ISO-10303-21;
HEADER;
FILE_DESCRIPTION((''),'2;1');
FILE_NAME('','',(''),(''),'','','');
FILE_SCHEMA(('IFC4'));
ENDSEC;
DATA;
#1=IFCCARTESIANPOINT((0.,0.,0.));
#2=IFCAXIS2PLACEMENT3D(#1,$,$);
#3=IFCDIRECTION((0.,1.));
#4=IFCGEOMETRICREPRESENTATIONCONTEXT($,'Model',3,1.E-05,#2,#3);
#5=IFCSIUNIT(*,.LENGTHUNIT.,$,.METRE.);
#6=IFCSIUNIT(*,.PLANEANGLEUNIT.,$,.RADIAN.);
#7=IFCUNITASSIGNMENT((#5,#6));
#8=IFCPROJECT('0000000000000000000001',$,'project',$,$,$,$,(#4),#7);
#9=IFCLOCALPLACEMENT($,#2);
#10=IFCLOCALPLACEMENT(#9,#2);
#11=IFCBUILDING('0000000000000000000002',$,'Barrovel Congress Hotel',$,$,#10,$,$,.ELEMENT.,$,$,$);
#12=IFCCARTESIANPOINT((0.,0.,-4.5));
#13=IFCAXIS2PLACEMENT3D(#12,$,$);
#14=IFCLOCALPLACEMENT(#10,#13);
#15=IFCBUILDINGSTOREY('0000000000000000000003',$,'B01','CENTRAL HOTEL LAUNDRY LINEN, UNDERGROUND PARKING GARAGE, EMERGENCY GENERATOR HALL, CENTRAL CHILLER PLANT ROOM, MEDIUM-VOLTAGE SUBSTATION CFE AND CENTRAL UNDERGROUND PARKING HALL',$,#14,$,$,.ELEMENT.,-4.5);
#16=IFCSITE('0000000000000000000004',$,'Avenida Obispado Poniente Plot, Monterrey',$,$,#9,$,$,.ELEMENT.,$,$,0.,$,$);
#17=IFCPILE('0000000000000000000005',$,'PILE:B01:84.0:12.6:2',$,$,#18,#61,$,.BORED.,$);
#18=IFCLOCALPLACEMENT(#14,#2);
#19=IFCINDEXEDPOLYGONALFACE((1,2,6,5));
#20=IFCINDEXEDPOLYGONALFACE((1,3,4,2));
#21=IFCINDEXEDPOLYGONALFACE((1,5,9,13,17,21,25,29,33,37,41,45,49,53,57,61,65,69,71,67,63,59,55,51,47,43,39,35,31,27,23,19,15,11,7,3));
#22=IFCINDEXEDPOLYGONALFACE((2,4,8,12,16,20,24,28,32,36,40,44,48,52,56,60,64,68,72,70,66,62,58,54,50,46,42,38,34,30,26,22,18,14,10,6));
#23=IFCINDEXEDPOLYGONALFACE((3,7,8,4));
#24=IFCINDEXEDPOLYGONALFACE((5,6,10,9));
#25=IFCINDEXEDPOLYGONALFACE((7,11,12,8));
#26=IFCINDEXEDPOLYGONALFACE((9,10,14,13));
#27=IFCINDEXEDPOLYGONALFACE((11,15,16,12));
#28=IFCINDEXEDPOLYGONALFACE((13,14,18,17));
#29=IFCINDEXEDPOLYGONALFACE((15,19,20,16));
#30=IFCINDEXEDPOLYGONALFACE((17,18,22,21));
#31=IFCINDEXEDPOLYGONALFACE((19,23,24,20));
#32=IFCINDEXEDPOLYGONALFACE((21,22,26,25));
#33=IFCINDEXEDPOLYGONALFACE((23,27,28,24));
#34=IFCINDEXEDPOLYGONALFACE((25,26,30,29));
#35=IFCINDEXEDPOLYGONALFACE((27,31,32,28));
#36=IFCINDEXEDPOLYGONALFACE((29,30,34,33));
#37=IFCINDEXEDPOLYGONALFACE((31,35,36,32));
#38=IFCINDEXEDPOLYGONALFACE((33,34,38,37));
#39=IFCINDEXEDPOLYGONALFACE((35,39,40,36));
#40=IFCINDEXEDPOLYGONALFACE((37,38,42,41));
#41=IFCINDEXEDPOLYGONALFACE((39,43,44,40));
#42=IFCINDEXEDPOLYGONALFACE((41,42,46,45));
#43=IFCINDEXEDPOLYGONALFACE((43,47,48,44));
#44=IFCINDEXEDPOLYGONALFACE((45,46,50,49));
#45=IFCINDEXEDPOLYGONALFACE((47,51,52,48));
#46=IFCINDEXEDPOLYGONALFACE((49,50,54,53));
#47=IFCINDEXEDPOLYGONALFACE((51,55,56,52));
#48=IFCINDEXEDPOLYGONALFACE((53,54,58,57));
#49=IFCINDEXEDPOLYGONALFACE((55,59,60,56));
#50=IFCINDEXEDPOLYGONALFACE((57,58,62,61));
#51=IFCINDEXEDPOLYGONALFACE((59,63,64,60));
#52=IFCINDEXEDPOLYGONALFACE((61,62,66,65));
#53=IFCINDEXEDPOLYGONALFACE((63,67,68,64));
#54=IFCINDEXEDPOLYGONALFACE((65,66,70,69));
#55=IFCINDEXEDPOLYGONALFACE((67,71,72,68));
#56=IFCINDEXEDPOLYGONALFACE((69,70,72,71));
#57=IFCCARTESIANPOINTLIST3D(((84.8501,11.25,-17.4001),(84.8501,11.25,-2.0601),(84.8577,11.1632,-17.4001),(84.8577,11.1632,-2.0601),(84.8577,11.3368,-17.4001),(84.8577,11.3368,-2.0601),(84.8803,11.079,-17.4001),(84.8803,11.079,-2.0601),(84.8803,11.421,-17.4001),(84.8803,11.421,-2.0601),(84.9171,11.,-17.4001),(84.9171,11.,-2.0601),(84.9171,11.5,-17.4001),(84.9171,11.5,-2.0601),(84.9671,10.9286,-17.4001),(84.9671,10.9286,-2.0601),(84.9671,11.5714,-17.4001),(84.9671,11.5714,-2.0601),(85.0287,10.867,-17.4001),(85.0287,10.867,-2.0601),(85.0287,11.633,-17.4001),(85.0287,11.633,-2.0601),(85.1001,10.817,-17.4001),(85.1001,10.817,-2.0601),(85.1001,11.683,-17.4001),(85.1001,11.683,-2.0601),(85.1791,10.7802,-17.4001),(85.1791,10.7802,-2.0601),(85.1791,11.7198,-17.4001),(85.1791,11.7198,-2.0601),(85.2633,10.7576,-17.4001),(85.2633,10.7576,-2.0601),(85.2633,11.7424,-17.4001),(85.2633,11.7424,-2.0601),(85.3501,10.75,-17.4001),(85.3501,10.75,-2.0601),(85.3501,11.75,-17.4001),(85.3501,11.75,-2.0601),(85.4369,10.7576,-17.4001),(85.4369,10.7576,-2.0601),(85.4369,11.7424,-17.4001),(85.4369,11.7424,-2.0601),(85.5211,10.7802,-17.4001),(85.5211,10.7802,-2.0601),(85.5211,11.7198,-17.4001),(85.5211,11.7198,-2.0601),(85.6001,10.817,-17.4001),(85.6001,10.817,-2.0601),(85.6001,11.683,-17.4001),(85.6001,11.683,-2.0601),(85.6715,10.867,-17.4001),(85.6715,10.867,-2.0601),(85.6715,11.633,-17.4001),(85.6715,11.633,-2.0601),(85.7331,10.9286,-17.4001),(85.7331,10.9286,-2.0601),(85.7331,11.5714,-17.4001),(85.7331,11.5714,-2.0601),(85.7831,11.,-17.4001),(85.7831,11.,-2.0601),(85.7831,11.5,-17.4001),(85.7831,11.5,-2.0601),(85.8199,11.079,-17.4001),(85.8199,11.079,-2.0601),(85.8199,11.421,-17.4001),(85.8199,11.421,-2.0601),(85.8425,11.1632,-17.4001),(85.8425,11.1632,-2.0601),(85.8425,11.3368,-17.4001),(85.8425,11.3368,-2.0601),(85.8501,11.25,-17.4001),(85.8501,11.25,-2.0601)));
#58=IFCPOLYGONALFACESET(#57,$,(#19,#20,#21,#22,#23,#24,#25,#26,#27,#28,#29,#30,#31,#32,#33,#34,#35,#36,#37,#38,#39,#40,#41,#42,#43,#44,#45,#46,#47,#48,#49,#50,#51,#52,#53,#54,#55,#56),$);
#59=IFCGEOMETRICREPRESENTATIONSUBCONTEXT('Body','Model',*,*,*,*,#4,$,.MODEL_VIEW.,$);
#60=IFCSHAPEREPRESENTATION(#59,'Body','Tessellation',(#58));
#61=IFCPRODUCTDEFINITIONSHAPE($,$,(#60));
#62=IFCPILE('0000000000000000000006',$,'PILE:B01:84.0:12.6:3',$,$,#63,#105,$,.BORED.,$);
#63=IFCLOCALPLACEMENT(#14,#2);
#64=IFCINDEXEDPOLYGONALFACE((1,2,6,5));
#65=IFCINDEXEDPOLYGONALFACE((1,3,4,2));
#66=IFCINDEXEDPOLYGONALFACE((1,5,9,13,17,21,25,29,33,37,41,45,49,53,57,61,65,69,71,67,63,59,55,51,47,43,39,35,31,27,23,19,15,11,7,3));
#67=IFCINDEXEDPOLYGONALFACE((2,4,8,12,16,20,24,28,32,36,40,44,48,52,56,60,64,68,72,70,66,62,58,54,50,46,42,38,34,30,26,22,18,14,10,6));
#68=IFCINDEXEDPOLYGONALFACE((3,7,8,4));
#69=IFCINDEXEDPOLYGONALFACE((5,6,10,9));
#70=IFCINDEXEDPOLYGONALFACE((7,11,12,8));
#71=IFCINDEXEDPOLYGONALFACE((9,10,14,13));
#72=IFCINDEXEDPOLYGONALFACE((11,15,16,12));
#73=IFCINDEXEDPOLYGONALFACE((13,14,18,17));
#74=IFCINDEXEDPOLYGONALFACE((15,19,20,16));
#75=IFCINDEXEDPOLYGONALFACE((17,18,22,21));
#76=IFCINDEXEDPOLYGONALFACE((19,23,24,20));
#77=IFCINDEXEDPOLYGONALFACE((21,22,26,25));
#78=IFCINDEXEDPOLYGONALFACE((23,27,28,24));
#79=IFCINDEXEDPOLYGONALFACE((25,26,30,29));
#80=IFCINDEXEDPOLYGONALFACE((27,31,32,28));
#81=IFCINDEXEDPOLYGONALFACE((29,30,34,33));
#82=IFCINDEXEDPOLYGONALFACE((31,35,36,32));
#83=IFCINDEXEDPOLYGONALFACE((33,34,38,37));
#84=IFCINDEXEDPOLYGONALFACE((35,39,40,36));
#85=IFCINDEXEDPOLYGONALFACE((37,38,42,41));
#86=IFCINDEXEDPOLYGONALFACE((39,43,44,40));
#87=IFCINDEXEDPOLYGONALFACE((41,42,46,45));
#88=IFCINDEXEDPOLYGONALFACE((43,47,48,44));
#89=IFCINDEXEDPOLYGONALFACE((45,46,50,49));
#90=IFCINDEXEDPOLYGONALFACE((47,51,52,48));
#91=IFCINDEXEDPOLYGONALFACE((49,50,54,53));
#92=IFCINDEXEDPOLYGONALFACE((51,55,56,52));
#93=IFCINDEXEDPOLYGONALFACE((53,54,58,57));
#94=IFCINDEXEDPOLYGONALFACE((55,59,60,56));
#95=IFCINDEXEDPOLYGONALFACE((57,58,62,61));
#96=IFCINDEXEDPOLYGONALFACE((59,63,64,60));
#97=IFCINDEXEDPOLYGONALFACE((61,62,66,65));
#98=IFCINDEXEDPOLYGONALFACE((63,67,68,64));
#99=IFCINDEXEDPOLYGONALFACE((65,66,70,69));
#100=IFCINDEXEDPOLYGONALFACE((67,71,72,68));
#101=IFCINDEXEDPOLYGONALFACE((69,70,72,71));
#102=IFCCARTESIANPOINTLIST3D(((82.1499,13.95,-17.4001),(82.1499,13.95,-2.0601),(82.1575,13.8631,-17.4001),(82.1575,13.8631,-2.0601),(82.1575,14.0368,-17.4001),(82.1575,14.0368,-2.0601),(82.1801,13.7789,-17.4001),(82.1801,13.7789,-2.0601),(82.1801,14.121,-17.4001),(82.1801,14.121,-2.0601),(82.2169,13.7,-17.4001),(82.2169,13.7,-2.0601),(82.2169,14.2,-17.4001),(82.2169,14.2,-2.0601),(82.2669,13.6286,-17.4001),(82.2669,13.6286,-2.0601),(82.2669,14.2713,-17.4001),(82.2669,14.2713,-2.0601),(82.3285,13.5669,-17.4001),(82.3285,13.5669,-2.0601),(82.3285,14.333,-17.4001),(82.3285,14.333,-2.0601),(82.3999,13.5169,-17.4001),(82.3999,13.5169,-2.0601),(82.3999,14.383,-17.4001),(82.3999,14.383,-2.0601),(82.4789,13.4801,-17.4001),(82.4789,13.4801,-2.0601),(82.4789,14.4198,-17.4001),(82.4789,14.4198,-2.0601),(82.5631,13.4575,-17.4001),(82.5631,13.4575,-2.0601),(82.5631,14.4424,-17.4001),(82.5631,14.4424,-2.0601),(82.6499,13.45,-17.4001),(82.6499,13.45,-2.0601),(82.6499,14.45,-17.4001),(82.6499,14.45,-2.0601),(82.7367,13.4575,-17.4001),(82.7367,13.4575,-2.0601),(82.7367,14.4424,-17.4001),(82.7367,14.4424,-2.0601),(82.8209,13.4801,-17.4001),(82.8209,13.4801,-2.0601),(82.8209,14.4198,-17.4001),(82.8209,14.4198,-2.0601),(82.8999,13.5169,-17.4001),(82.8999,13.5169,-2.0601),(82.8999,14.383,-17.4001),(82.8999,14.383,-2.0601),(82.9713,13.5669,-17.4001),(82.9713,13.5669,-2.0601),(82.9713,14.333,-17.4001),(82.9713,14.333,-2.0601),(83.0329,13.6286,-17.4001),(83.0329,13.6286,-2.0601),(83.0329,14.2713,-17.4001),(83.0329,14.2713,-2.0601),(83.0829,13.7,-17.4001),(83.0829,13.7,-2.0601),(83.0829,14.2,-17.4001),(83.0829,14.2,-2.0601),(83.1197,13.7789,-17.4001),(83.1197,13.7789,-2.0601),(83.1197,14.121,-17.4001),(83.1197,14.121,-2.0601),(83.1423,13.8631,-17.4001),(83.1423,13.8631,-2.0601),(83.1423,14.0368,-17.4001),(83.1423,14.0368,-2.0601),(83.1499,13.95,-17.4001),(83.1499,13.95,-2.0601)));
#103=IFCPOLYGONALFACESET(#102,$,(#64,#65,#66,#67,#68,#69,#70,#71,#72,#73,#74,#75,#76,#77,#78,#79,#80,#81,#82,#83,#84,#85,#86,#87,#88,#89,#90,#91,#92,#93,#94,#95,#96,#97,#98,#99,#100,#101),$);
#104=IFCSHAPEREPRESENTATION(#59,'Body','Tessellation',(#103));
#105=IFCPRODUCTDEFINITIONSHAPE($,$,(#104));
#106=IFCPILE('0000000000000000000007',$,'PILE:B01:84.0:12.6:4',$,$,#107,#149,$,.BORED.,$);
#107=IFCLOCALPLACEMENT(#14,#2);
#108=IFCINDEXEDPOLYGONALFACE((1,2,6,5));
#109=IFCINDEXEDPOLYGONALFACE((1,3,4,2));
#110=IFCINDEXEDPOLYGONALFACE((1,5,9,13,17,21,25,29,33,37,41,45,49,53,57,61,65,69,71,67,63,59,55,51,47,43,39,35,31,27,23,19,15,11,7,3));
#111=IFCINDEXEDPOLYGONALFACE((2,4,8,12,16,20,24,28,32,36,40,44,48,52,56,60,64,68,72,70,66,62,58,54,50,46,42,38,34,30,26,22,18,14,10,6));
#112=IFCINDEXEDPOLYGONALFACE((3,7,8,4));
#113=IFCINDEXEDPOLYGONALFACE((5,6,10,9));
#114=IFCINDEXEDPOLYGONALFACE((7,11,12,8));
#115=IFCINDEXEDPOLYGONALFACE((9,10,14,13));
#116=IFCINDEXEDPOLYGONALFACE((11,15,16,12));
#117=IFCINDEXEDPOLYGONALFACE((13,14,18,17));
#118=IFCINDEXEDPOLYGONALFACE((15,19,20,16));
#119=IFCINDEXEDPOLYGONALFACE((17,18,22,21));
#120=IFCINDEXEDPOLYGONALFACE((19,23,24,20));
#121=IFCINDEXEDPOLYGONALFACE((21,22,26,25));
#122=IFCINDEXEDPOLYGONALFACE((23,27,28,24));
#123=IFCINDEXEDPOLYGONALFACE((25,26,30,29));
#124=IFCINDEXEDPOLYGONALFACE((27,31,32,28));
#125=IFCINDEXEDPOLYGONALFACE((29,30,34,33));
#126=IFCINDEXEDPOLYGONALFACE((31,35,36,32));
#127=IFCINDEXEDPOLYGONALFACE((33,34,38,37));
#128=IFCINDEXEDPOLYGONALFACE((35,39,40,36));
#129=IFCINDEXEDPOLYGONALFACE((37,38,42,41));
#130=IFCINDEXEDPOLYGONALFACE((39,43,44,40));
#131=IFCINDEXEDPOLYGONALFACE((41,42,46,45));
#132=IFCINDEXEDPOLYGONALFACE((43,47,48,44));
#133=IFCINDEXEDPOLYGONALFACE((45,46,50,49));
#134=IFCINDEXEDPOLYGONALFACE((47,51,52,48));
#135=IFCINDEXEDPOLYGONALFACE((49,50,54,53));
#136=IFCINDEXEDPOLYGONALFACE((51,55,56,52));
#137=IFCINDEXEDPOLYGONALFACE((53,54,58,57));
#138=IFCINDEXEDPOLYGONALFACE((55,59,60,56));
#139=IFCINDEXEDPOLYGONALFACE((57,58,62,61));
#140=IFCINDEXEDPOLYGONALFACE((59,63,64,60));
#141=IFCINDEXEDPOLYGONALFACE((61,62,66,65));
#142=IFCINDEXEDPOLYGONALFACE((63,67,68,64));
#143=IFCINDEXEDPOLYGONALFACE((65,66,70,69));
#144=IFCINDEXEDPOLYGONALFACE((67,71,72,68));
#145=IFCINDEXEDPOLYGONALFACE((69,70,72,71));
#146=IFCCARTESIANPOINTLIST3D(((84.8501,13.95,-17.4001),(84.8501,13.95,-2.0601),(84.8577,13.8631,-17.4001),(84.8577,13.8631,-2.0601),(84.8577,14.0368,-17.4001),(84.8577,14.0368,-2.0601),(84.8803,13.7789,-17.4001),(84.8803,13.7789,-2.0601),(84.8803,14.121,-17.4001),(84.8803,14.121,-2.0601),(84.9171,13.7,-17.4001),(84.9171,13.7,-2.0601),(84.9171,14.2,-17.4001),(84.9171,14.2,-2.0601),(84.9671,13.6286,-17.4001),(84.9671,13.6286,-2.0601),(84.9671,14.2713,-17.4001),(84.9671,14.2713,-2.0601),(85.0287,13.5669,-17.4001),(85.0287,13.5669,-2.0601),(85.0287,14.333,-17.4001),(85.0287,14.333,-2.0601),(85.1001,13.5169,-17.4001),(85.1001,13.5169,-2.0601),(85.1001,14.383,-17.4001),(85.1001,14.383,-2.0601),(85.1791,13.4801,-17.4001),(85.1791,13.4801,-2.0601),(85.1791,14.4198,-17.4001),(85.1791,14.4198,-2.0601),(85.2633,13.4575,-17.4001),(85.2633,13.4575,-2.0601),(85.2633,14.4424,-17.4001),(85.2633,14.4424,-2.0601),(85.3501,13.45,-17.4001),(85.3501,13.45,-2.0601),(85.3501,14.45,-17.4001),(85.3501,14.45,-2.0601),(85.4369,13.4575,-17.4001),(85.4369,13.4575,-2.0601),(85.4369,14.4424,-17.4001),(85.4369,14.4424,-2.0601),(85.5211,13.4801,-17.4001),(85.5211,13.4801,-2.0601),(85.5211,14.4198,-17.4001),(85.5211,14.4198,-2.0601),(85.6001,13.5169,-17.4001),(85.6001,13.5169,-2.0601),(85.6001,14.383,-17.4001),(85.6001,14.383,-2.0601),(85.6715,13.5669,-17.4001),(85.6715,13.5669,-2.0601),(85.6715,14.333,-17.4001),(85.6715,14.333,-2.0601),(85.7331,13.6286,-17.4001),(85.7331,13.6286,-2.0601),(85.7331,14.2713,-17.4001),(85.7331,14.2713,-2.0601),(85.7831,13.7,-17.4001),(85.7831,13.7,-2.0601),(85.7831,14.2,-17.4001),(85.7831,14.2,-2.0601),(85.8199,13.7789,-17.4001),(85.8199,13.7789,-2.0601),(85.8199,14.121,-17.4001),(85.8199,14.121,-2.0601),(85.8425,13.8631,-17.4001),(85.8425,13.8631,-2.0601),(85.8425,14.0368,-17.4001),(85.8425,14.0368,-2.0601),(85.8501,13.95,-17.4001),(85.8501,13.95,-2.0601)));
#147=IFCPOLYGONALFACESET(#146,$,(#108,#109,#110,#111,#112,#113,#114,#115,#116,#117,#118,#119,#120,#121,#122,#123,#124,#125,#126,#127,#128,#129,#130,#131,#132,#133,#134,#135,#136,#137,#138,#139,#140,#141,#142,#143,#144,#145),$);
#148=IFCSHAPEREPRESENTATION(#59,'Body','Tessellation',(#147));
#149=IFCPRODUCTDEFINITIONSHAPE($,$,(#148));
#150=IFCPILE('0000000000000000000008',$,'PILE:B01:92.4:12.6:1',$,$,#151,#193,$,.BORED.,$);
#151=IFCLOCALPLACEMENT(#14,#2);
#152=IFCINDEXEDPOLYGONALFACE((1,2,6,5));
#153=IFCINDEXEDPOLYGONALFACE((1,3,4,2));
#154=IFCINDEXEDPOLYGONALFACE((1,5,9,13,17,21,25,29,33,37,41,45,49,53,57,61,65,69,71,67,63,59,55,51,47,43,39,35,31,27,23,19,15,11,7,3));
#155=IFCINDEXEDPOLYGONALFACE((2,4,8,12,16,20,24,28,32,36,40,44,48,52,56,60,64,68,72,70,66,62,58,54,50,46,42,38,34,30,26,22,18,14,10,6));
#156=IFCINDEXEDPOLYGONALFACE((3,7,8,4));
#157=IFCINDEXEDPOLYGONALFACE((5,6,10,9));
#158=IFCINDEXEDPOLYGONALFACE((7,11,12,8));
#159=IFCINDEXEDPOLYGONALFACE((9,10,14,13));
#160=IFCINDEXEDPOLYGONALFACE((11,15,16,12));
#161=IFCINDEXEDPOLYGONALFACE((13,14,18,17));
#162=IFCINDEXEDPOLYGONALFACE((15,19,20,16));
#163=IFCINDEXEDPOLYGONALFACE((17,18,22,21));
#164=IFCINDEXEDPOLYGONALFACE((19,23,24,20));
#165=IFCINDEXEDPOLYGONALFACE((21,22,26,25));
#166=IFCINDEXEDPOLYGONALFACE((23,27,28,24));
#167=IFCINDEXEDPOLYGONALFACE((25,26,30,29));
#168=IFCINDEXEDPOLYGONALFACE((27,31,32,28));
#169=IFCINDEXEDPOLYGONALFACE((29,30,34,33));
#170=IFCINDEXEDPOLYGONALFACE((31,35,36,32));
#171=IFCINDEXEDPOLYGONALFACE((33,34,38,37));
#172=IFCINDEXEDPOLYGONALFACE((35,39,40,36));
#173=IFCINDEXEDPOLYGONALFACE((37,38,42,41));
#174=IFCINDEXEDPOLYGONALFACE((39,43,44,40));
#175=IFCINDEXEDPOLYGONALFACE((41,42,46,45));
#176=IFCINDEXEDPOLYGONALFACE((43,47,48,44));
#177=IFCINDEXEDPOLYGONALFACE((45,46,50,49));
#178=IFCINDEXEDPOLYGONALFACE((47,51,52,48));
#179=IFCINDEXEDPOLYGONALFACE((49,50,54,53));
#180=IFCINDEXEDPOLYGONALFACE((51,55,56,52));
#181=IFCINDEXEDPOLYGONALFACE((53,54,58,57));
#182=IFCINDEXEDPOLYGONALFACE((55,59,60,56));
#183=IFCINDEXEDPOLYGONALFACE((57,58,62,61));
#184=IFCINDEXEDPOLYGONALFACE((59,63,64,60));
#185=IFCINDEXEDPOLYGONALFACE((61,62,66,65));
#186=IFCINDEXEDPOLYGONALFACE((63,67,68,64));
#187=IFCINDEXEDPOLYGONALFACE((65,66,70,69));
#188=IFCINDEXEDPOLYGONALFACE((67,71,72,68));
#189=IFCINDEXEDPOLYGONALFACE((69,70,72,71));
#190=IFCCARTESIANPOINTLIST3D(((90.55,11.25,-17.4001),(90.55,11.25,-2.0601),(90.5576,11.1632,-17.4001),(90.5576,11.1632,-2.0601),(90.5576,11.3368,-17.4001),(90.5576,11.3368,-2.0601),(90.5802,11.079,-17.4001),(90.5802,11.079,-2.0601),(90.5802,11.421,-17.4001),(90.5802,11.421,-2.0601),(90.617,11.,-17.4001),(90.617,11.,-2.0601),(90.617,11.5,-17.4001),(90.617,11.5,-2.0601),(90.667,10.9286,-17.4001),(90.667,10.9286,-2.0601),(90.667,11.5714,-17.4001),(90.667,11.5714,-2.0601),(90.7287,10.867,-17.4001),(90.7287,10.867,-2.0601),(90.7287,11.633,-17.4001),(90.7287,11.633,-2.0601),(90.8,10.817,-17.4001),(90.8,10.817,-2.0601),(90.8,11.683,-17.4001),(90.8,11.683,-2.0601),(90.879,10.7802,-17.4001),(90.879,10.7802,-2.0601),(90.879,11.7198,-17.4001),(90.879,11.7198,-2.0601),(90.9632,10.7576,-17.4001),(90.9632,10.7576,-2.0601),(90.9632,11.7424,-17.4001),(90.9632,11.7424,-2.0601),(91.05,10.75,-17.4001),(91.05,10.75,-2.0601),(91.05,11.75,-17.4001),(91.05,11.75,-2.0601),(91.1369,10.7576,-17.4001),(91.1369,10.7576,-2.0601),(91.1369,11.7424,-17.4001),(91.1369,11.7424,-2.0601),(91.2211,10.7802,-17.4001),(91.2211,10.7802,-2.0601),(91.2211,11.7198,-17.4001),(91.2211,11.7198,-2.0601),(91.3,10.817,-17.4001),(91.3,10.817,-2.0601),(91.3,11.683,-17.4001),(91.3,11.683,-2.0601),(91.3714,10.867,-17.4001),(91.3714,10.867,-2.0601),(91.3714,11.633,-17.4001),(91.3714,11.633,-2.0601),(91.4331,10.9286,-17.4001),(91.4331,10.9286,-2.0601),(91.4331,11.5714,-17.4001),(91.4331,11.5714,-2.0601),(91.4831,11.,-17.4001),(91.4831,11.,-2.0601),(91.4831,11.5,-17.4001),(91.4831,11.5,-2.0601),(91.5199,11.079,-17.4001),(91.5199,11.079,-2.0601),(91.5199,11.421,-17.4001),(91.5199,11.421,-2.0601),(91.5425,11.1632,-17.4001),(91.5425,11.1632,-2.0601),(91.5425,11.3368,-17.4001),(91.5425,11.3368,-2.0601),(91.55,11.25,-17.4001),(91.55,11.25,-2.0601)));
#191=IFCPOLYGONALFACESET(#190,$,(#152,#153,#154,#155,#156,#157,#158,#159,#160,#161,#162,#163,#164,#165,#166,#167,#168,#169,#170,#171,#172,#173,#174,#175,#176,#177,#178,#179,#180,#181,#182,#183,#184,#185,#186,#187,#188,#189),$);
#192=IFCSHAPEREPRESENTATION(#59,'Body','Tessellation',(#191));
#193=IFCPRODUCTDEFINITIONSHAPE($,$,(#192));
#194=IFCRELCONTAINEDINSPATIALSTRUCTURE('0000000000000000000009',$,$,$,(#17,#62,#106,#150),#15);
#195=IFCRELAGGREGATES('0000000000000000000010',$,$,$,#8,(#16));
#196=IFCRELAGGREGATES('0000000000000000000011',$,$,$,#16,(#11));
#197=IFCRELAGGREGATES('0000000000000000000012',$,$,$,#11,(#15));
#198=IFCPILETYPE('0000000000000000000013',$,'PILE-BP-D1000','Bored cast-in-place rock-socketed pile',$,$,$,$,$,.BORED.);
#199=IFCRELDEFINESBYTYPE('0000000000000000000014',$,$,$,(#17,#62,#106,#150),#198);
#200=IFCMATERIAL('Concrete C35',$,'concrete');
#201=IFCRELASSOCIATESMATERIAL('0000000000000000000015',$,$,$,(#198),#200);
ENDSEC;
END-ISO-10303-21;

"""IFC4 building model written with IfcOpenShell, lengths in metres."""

from ifc_helpers import new_model, si_unit, direction, frame, origin, origin_2d, place, context, subcontext, project, spatial, circle, extrude, material, material_profile, profile_set, type_object, element, save


model = new_model("IFC4")

# Units and contexts
model_context = context("Model", 3, precision=1e-05, world=origin(), true_north=direction((0.0, 1.0)))
body_context = subcontext(model_context, "Body", "Model", "MODEL_VIEW")
ifc_project = project(units=[si_unit("LENGTHUNIT", "METRE"), si_unit("PLANEANGLEUNIT", "RADIAN")], contexts=[model_context])

# Site, building, storey
site_placement = place(None, origin())
site = spatial("IfcSite", under=ifc_project, at=site_placement, Name="Avenida Obispado Poniente Plot, Monterrey", CompositionType="ELEMENT", RefElevation=0.0)
building_placement = place(site_placement, origin())
building = spatial("IfcBuilding", under=site, at=building_placement, Name="Barrovel Congress Hotel", CompositionType="ELEMENT")
storey_placement = place(building_placement, frame((0.0, 0.0, -4.5)))
storey = spatial("IfcBuildingStorey", under=building, at=storey_placement, Name="B01", Description="CENTRAL HOTEL LAUNDRY LINEN, UNDERGROUND PARKING GARAGE, EMERGENCY GENERATOR HALL, CENTRAL CHILLER PLANT ROOM, MEDIUM-VOLTAGE SUBSTATION CFE AND CENTRAL UNDERGROUND PARKING HALL", CompositionType="ELEMENT", Elevation=-4.5)

# Piles
ifc_material_1 = material(Name="Concrete C35", Category="concrete")
ifc_material_profile_1 = material_profile(ifc_material_1, circle(Radius=0.5, at=origin_2d()), Name="BP-D1000")
ifc_profile_set_1 = profile_set([ifc_material_profile_1], Name="Concrete C35")
pile_type = type_object("IfcPileType", Name="PILE-BP-D1000", Description="Bored cast-in-place rock-socketed pile", PredefinedType="BORED", material=ifc_profile_set_1)
for number, where, z_axis, x_axis, name in (
    (1, (85.3501, 11.25, -2.0601), (0.0, 0.0, -1.0), (1.0, 0.0, 0.0), "PILE:B01:84.0:12.6:2"),
    (2, (82.6499, 13.95, -2.0601), (0.0, 0.0, -1.0), (1.0, 0.0, 0.0), "PILE:B01:84.0:12.6:3"),
    (3, (85.3501, 13.95, -2.0601), (0.0, 0.0, -1.0), (1.0, 0.0, 0.0), "PILE:B01:84.0:12.6:4"),
    (4, (91.05, 11.25, -2.0601), (0.0, 0.0, -1.0), (1.0, 0.0, 0.0), "PILE:B01:92.4:12.6:1"),
):
    element("IfcPile", number, at=place(storey_placement, frame(where, z_axis=z_axis, x_axis=x_axis)), inside=storey, type_object=pile_type, Name=name, PredefinedType="BORED", context=body_context, shape_type="SweptSolid", body=[
        extrude(circle(Radius=0.5, at=origin_2d()), origin(), (0.0, 0.0, 1.0), 15.3401),
    ])

save(model, "model.ifc")
